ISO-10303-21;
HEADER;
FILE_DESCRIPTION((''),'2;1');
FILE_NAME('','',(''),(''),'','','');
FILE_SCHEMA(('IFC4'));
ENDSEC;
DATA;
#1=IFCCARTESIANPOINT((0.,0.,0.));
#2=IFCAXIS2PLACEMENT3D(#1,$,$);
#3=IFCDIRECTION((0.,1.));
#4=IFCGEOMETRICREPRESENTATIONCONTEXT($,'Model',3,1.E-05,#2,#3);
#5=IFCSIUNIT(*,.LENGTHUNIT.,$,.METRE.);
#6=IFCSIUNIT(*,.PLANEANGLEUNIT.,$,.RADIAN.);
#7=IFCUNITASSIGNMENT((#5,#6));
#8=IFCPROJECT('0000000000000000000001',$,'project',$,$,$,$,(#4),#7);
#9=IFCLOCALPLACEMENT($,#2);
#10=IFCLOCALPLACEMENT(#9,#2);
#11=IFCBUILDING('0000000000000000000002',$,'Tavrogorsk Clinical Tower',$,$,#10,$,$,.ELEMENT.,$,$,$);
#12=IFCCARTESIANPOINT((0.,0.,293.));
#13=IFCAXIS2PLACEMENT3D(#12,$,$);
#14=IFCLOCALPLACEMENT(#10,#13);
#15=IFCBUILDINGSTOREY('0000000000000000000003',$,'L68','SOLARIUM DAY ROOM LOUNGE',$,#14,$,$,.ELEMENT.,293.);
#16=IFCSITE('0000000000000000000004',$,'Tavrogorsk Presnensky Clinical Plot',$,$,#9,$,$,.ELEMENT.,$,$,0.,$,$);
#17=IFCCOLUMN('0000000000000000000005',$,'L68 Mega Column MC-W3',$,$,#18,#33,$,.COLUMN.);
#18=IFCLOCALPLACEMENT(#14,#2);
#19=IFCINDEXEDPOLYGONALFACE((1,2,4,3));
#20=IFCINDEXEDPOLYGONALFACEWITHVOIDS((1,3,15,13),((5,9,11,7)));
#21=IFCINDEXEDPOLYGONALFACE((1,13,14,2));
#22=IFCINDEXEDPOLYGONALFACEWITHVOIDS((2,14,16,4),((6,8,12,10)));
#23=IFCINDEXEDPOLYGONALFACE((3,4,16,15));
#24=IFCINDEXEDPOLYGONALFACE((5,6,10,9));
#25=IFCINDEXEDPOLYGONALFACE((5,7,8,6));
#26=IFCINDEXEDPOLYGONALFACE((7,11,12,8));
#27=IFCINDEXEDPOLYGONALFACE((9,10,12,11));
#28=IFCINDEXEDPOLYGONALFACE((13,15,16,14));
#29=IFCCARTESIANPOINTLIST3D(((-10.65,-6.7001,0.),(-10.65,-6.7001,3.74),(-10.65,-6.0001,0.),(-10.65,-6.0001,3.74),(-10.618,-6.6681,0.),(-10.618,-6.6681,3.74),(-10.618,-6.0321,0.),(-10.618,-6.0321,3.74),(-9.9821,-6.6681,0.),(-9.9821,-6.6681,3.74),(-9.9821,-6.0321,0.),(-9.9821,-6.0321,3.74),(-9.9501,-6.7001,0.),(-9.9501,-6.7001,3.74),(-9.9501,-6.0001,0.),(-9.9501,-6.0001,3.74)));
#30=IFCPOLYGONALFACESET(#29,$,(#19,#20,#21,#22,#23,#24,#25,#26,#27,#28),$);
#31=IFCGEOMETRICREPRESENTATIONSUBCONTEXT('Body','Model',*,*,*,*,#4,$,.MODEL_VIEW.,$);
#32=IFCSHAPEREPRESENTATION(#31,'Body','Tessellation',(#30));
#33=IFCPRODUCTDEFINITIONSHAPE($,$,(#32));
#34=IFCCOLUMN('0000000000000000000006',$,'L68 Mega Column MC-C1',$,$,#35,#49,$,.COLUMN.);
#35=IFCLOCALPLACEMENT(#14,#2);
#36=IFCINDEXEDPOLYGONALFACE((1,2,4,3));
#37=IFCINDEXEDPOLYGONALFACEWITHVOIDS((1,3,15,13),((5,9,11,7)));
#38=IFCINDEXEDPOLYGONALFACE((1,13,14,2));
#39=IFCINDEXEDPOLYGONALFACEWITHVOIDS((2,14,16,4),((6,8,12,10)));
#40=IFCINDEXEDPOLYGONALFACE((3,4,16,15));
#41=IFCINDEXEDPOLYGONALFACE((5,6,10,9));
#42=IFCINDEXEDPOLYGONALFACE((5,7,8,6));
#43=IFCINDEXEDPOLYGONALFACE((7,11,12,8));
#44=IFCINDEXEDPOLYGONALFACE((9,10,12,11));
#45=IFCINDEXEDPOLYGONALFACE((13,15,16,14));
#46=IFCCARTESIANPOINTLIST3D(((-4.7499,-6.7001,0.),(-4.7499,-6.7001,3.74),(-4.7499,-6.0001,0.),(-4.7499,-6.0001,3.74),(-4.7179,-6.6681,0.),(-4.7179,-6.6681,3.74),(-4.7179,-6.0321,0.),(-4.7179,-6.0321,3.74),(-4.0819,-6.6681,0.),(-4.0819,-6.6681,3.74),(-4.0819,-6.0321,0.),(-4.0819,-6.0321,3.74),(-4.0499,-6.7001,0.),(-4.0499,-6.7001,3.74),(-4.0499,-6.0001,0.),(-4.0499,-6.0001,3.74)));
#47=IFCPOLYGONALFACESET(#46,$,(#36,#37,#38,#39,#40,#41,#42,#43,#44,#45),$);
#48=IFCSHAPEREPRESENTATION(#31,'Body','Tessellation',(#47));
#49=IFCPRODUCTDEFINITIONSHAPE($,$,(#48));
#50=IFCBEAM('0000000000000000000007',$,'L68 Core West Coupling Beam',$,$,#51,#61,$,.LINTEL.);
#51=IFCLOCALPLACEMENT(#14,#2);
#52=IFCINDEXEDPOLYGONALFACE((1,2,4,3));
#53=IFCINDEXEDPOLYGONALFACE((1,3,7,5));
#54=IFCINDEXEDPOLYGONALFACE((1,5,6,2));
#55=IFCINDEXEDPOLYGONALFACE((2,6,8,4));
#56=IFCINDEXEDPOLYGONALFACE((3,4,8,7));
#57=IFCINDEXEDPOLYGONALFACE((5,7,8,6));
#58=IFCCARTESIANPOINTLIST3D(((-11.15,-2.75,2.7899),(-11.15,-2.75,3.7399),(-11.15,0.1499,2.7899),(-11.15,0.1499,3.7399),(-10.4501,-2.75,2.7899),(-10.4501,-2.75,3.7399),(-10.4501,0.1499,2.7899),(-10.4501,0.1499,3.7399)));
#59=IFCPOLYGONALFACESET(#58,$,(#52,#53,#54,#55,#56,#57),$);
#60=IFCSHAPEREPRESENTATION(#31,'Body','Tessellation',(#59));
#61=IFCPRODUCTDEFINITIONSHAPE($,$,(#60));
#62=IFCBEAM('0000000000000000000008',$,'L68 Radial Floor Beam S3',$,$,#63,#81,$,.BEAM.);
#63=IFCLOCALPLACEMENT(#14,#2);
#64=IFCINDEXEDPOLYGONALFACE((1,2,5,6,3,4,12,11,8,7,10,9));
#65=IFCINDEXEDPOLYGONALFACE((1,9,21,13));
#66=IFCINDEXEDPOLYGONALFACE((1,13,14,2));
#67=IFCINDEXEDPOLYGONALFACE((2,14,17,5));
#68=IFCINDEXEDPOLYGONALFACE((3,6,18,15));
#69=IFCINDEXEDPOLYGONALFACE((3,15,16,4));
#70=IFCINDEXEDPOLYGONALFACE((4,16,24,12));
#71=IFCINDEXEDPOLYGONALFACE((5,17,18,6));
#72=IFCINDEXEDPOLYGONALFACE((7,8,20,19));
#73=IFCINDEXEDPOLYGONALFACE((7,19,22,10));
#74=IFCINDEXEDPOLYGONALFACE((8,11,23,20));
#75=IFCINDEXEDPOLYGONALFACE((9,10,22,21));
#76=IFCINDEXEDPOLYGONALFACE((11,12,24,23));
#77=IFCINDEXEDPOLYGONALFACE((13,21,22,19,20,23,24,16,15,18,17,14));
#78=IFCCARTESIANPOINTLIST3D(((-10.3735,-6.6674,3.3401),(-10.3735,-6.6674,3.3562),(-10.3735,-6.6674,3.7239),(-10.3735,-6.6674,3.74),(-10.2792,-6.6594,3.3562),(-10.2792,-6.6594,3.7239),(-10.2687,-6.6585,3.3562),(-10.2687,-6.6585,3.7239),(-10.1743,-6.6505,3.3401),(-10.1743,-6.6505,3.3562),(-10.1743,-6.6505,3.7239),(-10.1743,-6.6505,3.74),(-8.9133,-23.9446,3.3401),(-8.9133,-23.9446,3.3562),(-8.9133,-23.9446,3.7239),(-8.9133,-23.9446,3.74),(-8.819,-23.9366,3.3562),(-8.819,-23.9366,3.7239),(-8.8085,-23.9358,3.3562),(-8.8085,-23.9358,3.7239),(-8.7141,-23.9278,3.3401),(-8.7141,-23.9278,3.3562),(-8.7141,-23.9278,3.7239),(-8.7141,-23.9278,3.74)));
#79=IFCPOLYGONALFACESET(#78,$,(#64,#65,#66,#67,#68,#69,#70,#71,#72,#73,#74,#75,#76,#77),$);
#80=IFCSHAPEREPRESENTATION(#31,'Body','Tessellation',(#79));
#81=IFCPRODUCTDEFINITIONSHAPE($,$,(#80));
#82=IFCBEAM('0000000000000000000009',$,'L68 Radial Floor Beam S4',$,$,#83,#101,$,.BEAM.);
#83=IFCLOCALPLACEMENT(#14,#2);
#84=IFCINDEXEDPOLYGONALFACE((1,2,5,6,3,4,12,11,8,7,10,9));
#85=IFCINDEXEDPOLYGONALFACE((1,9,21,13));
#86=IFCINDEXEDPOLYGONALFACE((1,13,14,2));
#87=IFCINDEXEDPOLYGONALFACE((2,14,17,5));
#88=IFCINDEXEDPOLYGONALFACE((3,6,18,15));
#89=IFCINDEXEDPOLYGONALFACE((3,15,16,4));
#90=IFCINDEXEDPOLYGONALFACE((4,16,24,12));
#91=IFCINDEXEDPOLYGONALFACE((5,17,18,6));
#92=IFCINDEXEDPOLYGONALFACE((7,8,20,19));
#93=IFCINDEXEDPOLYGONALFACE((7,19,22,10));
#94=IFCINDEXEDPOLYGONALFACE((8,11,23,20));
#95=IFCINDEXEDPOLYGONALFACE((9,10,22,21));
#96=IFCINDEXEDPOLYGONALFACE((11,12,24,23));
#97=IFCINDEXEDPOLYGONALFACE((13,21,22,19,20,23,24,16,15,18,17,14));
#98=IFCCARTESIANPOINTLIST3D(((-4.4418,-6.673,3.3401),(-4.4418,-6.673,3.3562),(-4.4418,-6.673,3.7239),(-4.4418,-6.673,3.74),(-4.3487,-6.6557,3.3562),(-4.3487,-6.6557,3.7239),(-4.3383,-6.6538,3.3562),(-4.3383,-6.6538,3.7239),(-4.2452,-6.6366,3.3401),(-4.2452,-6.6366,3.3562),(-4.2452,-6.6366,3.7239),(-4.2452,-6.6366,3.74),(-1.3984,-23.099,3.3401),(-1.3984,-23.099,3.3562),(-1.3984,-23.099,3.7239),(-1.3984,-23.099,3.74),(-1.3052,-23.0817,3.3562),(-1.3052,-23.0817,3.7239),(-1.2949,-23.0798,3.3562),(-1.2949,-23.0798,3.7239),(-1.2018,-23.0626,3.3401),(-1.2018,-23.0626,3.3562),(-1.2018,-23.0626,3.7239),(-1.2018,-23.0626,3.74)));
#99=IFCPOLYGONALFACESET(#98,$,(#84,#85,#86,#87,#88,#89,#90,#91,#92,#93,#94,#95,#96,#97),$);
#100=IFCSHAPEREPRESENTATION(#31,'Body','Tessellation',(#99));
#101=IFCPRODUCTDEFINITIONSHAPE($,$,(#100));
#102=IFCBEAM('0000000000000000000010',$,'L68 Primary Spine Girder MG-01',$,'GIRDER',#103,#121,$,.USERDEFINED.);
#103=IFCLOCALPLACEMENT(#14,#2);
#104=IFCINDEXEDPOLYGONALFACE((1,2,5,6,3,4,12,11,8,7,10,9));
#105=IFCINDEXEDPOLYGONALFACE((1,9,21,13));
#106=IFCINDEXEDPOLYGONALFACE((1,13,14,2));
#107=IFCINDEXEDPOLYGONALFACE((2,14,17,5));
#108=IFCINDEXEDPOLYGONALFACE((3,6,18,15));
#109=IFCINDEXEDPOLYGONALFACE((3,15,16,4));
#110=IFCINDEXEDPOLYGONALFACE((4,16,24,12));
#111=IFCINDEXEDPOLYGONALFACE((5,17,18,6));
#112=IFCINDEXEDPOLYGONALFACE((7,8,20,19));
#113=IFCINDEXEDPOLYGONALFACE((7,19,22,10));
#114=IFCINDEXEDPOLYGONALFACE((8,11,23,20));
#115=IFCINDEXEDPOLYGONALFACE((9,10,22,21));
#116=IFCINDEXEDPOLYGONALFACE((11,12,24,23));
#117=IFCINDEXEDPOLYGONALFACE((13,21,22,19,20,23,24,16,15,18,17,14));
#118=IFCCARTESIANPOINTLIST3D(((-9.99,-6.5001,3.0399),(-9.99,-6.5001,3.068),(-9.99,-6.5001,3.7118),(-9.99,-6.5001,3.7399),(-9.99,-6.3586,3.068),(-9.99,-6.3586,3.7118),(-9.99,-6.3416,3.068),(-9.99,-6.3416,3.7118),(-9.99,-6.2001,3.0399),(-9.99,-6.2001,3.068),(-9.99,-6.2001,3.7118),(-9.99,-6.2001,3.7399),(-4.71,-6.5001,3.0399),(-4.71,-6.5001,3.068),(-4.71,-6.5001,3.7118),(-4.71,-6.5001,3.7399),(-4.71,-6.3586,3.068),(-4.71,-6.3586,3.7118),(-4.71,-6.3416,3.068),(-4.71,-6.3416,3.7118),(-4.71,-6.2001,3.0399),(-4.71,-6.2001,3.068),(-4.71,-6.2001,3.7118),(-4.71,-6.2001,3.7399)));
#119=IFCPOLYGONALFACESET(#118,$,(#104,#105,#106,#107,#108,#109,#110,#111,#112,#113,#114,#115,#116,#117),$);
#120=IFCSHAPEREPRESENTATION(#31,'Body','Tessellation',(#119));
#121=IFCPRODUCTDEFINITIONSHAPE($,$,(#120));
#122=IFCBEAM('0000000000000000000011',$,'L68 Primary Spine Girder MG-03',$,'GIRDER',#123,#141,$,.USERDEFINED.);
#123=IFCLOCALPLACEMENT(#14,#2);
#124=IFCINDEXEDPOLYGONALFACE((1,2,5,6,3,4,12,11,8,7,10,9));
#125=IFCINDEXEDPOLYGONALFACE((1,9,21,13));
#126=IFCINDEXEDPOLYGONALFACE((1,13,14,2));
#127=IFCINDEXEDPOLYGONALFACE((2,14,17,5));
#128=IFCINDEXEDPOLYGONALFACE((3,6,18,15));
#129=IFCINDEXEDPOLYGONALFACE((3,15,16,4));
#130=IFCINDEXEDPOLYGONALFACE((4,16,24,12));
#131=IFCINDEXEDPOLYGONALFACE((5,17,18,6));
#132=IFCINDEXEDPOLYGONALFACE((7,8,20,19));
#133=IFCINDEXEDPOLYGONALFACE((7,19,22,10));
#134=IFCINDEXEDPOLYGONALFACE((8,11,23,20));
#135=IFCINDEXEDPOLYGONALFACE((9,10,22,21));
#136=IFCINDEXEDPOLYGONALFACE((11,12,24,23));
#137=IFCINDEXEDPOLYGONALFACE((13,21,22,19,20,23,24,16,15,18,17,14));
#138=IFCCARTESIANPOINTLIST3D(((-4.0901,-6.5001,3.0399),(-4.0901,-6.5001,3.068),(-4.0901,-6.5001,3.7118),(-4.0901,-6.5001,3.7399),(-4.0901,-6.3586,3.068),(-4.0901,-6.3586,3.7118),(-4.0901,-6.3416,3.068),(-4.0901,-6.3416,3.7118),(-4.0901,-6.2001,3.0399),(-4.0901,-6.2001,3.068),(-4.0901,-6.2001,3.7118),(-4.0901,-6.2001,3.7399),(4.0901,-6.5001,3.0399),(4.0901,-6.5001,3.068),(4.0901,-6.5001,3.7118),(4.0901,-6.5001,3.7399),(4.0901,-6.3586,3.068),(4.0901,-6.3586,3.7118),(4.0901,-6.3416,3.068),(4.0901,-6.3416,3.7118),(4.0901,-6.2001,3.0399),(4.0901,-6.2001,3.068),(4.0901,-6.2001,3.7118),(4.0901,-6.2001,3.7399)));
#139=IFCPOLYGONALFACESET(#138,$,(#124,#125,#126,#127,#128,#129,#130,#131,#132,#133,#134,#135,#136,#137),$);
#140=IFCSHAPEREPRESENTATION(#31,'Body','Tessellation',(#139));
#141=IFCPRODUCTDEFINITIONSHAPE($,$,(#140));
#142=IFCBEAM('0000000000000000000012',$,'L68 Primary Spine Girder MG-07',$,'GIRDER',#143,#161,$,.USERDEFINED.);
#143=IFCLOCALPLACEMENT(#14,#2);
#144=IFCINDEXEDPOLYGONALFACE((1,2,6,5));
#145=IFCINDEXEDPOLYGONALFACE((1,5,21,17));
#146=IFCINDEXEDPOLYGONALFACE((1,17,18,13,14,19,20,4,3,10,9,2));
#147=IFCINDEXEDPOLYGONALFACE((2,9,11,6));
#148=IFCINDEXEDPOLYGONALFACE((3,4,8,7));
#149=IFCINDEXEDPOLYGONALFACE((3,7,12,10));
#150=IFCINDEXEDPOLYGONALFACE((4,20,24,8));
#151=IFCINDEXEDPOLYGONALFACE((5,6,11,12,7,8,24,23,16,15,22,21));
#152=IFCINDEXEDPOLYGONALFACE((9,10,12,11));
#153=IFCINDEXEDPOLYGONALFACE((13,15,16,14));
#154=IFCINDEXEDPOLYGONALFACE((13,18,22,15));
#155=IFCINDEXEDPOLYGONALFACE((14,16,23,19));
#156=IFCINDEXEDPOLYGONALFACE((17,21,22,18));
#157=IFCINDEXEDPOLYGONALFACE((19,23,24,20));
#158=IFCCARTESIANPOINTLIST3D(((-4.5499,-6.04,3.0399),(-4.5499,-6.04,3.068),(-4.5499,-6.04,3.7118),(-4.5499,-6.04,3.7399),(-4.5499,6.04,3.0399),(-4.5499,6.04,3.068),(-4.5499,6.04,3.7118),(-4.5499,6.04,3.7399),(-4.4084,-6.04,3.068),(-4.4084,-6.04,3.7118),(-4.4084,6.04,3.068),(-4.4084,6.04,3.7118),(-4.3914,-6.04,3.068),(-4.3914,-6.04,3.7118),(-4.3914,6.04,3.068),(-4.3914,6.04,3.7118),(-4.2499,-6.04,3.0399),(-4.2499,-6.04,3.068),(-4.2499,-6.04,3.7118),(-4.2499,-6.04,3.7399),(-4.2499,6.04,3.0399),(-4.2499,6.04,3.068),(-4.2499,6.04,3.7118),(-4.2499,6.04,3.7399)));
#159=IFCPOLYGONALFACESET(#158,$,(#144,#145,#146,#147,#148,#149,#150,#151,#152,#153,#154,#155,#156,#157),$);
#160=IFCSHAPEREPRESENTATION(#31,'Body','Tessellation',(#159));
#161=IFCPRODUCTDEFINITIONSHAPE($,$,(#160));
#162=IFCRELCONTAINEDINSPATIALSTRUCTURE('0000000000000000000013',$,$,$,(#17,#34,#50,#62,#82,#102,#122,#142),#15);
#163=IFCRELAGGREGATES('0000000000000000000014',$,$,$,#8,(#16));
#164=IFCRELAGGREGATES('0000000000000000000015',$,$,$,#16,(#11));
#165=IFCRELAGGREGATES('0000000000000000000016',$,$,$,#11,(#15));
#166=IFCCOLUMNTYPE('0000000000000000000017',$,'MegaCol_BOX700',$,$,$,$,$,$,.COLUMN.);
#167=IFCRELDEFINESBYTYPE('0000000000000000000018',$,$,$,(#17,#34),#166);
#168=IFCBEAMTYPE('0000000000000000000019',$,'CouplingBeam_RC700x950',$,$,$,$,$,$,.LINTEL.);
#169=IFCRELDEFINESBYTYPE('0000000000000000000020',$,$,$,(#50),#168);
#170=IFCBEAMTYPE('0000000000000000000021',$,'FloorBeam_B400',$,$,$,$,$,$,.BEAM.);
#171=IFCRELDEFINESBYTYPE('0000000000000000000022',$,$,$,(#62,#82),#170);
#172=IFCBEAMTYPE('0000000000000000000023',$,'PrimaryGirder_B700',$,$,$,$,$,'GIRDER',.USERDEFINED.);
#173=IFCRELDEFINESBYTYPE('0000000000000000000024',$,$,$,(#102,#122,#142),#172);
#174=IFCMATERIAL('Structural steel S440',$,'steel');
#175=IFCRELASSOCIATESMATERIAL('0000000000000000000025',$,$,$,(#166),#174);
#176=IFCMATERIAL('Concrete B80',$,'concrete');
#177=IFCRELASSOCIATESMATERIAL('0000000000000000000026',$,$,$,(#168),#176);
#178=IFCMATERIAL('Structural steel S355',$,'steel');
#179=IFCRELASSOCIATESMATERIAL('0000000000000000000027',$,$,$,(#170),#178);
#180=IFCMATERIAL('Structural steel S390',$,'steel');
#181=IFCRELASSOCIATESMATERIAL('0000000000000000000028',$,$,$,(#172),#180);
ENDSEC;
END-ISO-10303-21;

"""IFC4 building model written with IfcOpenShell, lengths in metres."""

from ifc_helpers import new_model, si_unit, direction, frame, origin, origin_2d, place, context, subcontext, project, spatial, rectangle, hollow_rectangle, i_section, extrude, material, material_profile, profile_set, type_object, element, save


model = new_model("IFC4")

# Units and contexts
model_context = context("Model", 3, precision=1e-05, world=origin(), true_north=direction((0.0, 1.0)))
body_context = subcontext(model_context, "Body", "Model", "MODEL_VIEW")
ifc_project = project(units=[si_unit("LENGTHUNIT", "METRE"), si_unit("PLANEANGLEUNIT", "RADIAN")], contexts=[model_context])

# Site, building, storey
site_placement = place(None, origin())
site = spatial("IfcSite", under=ifc_project, at=site_placement, Name="Tavrogorsk Presnensky Clinical Plot", CompositionType="ELEMENT", RefElevation=0.0)
building_placement = place(site_placement, origin())
building = spatial("IfcBuilding", under=site, at=building_placement, Name="Tavrogorsk Clinical Tower", CompositionType="ELEMENT")
storey_placement = place(building_placement, frame((0.0, 0.0, 293.0)))
storey = spatial("IfcBuildingStorey", under=building, at=storey_placement, Name="L68", Description="SOLARIUM DAY ROOM LOUNGE", CompositionType="ELEMENT", Elevation=293.0)

# Columns
ifc_material_1 = material(Name="Structural steel S440", Category="steel")
ifc_material_profile_1 = material_profile(ifc_material_1, hollow_rectangle(XDim=0.7, YDim=0.7, WallThickness=0.032, at=origin_2d()), Name="BOX-700x700x32")
ifc_profile_set_1 = profile_set([ifc_material_profile_1], Name="Structural steel S440")
column_type = type_object("IfcColumnType", Name="MegaCol_BOX700", PredefinedType="COLUMN", material=ifc_profile_set_1)
for number, where, z_axis, x_axis, name in (
    (1, (-10.3, -6.3501, 0.0), (0.0, 0.0, 1.0), (1.0, 0.0, 0.0), "L68 Mega Column MC-W3"),
    (2, (-4.3999, -6.3501, 0.0), (0.0, 0.0, 1.0), (1.0, 0.0, 0.0), "L68 Mega Column MC-C1"),
):
    element("IfcColumn", number, at=place(storey_placement, frame(where, z_axis=z_axis, x_axis=x_axis)), inside=storey, type_object=column_type, Name=name, PredefinedType="COLUMN", context=body_context, shape_type="SweptSolid", body=[
        extrude(hollow_rectangle(XDim=0.7, YDim=0.7, WallThickness=0.032, at=origin_2d()), origin(), (0.0, 0.0, 1.0), 3.74),
    ])

# Beams
ifc_material_2 = material(Name="Concrete B80", Category="concrete")
ifc_material_profile_2 = material_profile(ifc_material_2, rectangle(XDim=0.7, YDim=0.95, at=origin_2d()), Name="RC-CB-700x950")
ifc_profile_set_2 = profile_set([ifc_material_profile_2], Name="Concrete B80")
beam_type_1 = type_object("IfcBeamType", Name="CouplingBeam_RC700x950", PredefinedType="LINTEL", material=ifc_profile_set_2)
beam_1_placement = place(storey_placement, frame((-10.8, -2.75, 3.2649), z_axis=(0.0, 1.0, 0.0), x_axis=(-1.0, 0.0, 0.0)))
element("IfcBeam", 3, at=beam_1_placement, inside=storey, type_object=beam_type_1, Name="L68 Core West Coupling Beam", PredefinedType="LINTEL", context=body_context, shape_type="SweptSolid", body=[
    extrude(rectangle(XDim=0.7, YDim=0.95, at=origin_2d()), origin(), (0.0, 0.0, 1.0), 2.8999),
])
ifc_material_3 = material(Name="Structural steel S355", Category="steel")
ifc_material_profile_3 = material_profile(ifc_material_3, i_section(OverallWidth=0.2, OverallDepth=0.3999, WebThickness=0.0105, FlangeThickness=0.0161, at=origin_2d()), Name="B-400x200x10.5x16")
ifc_profile_set_3 = profile_set([ifc_material_profile_3], Name="Structural steel S355")
beam_type_2 = type_object("IfcBeamType", Name="FloorBeam_B400", PredefinedType="BEAM", material=ifc_profile_set_3)
beam_2_placement = place(storey_placement, frame((-10.2739, -6.6589, 3.54), z_axis=(0.084215, -0.996448, 0.0), x_axis=(0.996448, 0.084215, 0.0)))
element("IfcBeam", 4, at=beam_2_placement, inside=storey, type_object=beam_type_2, Name="L68 Radial Floor Beam S3", PredefinedType="BEAM", context=body_context, shape_type="SweptSolid", body=[
    extrude(i_section(OverallWidth=0.2, OverallDepth=0.3999, WebThickness=0.0105, FlangeThickness=0.0161, at=origin_2d()), origin(), (0.0, 0.0, 1.0), 17.3389),
])
beam_3_placement = place(storey_placement, frame((-4.3435, -6.6548, 3.54), z_axis=(0.182182, -0.983265, 0.0), x_axis=(0.983265, 0.182182, 0.0)))
element("IfcBeam", 5, at=beam_3_placement, inside=storey, type_object=beam_type_2, Name="L68 Radial Floor Beam S4", PredefinedType="BEAM", context=body_context, shape_type="SweptSolid", body=[
    extrude(i_section(OverallWidth=0.2, OverallDepth=0.3999, WebThickness=0.0105, FlangeThickness=0.0161, at=origin_2d()), origin(), (0.0, 0.0, 1.0), 16.7056),
])
ifc_material_4 = material(Name="Structural steel S390", Category="steel")
ifc_material_profile_4 = material_profile(ifc_material_4, i_section(OverallWidth=0.3, OverallDepth=0.7, WebThickness=0.0171, FlangeThickness=0.0281, at=origin_2d()), Name="B-700x300x17x28")
ifc_profile_set_4 = profile_set([ifc_material_profile_4], Name="Structural steel S390")
beam_type_3 = type_object("IfcBeamType", Name="PrimaryGirder_B700", ElementType="GIRDER", PredefinedType="USERDEFINED", material=ifc_profile_set_4)
beam_4_placement = place(storey_placement, frame((-9.99, -6.3501, 3.3899), z_axis=(1.0, 0.0, 0.0), x_axis=(0.0, 1.0, 0.0)))
element("IfcBeam", 6, at=beam_4_placement, inside=storey, type_object=beam_type_3, Name="L68 Primary Spine Girder MG-01", ObjectType="GIRDER", PredefinedType="USERDEFINED", context=body_context, shape_type="SweptSolid", body=[
    extrude(i_section(OverallWidth=0.3, OverallDepth=0.7, WebThickness=0.0171, FlangeThickness=0.0281, at=origin_2d()), origin(), (0.0, 0.0, 1.0), 5.28),
])
beam_5_placement = place(storey_placement, frame((-4.0901, -6.3501, 3.3899), z_axis=(1.0, 0.0, 0.0), x_axis=(0.0, 1.0, 0.0)))
element("IfcBeam", 7, at=beam_5_placement, inside=storey, type_object=beam_type_3, Name="L68 Primary Spine Girder MG-03", ObjectType="GIRDER", PredefinedType="USERDEFINED", context=body_context, shape_type="SweptSolid", body=[
    extrude(i_section(OverallWidth=0.3, OverallDepth=0.7, WebThickness=0.0171, FlangeThickness=0.0281, at=origin_2d()), origin(), (0.0, 0.0, 1.0), 8.1802),
])
beam_6_placement = place(storey_placement, frame((-4.3999, -6.04, 3.3899), z_axis=(0.0, 1.0, 0.0), x_axis=(-1.0, 0.0, 0.0)))
element("IfcBeam", 8, at=beam_6_placement, inside=storey, type_object=beam_type_3, Name="L68 Primary Spine Girder MG-07", ObjectType="GIRDER", PredefinedType="USERDEFINED", context=body_context, shape_type="SweptSolid", body=[
    extrude(i_section(OverallWidth=0.3, OverallDepth=0.7, WebThickness=0.0171, FlangeThickness=0.0281, at=origin_2d()), origin(), (0.0, 0.0, 1.0), 12.0801),
])

save(model, "model.ifc")
